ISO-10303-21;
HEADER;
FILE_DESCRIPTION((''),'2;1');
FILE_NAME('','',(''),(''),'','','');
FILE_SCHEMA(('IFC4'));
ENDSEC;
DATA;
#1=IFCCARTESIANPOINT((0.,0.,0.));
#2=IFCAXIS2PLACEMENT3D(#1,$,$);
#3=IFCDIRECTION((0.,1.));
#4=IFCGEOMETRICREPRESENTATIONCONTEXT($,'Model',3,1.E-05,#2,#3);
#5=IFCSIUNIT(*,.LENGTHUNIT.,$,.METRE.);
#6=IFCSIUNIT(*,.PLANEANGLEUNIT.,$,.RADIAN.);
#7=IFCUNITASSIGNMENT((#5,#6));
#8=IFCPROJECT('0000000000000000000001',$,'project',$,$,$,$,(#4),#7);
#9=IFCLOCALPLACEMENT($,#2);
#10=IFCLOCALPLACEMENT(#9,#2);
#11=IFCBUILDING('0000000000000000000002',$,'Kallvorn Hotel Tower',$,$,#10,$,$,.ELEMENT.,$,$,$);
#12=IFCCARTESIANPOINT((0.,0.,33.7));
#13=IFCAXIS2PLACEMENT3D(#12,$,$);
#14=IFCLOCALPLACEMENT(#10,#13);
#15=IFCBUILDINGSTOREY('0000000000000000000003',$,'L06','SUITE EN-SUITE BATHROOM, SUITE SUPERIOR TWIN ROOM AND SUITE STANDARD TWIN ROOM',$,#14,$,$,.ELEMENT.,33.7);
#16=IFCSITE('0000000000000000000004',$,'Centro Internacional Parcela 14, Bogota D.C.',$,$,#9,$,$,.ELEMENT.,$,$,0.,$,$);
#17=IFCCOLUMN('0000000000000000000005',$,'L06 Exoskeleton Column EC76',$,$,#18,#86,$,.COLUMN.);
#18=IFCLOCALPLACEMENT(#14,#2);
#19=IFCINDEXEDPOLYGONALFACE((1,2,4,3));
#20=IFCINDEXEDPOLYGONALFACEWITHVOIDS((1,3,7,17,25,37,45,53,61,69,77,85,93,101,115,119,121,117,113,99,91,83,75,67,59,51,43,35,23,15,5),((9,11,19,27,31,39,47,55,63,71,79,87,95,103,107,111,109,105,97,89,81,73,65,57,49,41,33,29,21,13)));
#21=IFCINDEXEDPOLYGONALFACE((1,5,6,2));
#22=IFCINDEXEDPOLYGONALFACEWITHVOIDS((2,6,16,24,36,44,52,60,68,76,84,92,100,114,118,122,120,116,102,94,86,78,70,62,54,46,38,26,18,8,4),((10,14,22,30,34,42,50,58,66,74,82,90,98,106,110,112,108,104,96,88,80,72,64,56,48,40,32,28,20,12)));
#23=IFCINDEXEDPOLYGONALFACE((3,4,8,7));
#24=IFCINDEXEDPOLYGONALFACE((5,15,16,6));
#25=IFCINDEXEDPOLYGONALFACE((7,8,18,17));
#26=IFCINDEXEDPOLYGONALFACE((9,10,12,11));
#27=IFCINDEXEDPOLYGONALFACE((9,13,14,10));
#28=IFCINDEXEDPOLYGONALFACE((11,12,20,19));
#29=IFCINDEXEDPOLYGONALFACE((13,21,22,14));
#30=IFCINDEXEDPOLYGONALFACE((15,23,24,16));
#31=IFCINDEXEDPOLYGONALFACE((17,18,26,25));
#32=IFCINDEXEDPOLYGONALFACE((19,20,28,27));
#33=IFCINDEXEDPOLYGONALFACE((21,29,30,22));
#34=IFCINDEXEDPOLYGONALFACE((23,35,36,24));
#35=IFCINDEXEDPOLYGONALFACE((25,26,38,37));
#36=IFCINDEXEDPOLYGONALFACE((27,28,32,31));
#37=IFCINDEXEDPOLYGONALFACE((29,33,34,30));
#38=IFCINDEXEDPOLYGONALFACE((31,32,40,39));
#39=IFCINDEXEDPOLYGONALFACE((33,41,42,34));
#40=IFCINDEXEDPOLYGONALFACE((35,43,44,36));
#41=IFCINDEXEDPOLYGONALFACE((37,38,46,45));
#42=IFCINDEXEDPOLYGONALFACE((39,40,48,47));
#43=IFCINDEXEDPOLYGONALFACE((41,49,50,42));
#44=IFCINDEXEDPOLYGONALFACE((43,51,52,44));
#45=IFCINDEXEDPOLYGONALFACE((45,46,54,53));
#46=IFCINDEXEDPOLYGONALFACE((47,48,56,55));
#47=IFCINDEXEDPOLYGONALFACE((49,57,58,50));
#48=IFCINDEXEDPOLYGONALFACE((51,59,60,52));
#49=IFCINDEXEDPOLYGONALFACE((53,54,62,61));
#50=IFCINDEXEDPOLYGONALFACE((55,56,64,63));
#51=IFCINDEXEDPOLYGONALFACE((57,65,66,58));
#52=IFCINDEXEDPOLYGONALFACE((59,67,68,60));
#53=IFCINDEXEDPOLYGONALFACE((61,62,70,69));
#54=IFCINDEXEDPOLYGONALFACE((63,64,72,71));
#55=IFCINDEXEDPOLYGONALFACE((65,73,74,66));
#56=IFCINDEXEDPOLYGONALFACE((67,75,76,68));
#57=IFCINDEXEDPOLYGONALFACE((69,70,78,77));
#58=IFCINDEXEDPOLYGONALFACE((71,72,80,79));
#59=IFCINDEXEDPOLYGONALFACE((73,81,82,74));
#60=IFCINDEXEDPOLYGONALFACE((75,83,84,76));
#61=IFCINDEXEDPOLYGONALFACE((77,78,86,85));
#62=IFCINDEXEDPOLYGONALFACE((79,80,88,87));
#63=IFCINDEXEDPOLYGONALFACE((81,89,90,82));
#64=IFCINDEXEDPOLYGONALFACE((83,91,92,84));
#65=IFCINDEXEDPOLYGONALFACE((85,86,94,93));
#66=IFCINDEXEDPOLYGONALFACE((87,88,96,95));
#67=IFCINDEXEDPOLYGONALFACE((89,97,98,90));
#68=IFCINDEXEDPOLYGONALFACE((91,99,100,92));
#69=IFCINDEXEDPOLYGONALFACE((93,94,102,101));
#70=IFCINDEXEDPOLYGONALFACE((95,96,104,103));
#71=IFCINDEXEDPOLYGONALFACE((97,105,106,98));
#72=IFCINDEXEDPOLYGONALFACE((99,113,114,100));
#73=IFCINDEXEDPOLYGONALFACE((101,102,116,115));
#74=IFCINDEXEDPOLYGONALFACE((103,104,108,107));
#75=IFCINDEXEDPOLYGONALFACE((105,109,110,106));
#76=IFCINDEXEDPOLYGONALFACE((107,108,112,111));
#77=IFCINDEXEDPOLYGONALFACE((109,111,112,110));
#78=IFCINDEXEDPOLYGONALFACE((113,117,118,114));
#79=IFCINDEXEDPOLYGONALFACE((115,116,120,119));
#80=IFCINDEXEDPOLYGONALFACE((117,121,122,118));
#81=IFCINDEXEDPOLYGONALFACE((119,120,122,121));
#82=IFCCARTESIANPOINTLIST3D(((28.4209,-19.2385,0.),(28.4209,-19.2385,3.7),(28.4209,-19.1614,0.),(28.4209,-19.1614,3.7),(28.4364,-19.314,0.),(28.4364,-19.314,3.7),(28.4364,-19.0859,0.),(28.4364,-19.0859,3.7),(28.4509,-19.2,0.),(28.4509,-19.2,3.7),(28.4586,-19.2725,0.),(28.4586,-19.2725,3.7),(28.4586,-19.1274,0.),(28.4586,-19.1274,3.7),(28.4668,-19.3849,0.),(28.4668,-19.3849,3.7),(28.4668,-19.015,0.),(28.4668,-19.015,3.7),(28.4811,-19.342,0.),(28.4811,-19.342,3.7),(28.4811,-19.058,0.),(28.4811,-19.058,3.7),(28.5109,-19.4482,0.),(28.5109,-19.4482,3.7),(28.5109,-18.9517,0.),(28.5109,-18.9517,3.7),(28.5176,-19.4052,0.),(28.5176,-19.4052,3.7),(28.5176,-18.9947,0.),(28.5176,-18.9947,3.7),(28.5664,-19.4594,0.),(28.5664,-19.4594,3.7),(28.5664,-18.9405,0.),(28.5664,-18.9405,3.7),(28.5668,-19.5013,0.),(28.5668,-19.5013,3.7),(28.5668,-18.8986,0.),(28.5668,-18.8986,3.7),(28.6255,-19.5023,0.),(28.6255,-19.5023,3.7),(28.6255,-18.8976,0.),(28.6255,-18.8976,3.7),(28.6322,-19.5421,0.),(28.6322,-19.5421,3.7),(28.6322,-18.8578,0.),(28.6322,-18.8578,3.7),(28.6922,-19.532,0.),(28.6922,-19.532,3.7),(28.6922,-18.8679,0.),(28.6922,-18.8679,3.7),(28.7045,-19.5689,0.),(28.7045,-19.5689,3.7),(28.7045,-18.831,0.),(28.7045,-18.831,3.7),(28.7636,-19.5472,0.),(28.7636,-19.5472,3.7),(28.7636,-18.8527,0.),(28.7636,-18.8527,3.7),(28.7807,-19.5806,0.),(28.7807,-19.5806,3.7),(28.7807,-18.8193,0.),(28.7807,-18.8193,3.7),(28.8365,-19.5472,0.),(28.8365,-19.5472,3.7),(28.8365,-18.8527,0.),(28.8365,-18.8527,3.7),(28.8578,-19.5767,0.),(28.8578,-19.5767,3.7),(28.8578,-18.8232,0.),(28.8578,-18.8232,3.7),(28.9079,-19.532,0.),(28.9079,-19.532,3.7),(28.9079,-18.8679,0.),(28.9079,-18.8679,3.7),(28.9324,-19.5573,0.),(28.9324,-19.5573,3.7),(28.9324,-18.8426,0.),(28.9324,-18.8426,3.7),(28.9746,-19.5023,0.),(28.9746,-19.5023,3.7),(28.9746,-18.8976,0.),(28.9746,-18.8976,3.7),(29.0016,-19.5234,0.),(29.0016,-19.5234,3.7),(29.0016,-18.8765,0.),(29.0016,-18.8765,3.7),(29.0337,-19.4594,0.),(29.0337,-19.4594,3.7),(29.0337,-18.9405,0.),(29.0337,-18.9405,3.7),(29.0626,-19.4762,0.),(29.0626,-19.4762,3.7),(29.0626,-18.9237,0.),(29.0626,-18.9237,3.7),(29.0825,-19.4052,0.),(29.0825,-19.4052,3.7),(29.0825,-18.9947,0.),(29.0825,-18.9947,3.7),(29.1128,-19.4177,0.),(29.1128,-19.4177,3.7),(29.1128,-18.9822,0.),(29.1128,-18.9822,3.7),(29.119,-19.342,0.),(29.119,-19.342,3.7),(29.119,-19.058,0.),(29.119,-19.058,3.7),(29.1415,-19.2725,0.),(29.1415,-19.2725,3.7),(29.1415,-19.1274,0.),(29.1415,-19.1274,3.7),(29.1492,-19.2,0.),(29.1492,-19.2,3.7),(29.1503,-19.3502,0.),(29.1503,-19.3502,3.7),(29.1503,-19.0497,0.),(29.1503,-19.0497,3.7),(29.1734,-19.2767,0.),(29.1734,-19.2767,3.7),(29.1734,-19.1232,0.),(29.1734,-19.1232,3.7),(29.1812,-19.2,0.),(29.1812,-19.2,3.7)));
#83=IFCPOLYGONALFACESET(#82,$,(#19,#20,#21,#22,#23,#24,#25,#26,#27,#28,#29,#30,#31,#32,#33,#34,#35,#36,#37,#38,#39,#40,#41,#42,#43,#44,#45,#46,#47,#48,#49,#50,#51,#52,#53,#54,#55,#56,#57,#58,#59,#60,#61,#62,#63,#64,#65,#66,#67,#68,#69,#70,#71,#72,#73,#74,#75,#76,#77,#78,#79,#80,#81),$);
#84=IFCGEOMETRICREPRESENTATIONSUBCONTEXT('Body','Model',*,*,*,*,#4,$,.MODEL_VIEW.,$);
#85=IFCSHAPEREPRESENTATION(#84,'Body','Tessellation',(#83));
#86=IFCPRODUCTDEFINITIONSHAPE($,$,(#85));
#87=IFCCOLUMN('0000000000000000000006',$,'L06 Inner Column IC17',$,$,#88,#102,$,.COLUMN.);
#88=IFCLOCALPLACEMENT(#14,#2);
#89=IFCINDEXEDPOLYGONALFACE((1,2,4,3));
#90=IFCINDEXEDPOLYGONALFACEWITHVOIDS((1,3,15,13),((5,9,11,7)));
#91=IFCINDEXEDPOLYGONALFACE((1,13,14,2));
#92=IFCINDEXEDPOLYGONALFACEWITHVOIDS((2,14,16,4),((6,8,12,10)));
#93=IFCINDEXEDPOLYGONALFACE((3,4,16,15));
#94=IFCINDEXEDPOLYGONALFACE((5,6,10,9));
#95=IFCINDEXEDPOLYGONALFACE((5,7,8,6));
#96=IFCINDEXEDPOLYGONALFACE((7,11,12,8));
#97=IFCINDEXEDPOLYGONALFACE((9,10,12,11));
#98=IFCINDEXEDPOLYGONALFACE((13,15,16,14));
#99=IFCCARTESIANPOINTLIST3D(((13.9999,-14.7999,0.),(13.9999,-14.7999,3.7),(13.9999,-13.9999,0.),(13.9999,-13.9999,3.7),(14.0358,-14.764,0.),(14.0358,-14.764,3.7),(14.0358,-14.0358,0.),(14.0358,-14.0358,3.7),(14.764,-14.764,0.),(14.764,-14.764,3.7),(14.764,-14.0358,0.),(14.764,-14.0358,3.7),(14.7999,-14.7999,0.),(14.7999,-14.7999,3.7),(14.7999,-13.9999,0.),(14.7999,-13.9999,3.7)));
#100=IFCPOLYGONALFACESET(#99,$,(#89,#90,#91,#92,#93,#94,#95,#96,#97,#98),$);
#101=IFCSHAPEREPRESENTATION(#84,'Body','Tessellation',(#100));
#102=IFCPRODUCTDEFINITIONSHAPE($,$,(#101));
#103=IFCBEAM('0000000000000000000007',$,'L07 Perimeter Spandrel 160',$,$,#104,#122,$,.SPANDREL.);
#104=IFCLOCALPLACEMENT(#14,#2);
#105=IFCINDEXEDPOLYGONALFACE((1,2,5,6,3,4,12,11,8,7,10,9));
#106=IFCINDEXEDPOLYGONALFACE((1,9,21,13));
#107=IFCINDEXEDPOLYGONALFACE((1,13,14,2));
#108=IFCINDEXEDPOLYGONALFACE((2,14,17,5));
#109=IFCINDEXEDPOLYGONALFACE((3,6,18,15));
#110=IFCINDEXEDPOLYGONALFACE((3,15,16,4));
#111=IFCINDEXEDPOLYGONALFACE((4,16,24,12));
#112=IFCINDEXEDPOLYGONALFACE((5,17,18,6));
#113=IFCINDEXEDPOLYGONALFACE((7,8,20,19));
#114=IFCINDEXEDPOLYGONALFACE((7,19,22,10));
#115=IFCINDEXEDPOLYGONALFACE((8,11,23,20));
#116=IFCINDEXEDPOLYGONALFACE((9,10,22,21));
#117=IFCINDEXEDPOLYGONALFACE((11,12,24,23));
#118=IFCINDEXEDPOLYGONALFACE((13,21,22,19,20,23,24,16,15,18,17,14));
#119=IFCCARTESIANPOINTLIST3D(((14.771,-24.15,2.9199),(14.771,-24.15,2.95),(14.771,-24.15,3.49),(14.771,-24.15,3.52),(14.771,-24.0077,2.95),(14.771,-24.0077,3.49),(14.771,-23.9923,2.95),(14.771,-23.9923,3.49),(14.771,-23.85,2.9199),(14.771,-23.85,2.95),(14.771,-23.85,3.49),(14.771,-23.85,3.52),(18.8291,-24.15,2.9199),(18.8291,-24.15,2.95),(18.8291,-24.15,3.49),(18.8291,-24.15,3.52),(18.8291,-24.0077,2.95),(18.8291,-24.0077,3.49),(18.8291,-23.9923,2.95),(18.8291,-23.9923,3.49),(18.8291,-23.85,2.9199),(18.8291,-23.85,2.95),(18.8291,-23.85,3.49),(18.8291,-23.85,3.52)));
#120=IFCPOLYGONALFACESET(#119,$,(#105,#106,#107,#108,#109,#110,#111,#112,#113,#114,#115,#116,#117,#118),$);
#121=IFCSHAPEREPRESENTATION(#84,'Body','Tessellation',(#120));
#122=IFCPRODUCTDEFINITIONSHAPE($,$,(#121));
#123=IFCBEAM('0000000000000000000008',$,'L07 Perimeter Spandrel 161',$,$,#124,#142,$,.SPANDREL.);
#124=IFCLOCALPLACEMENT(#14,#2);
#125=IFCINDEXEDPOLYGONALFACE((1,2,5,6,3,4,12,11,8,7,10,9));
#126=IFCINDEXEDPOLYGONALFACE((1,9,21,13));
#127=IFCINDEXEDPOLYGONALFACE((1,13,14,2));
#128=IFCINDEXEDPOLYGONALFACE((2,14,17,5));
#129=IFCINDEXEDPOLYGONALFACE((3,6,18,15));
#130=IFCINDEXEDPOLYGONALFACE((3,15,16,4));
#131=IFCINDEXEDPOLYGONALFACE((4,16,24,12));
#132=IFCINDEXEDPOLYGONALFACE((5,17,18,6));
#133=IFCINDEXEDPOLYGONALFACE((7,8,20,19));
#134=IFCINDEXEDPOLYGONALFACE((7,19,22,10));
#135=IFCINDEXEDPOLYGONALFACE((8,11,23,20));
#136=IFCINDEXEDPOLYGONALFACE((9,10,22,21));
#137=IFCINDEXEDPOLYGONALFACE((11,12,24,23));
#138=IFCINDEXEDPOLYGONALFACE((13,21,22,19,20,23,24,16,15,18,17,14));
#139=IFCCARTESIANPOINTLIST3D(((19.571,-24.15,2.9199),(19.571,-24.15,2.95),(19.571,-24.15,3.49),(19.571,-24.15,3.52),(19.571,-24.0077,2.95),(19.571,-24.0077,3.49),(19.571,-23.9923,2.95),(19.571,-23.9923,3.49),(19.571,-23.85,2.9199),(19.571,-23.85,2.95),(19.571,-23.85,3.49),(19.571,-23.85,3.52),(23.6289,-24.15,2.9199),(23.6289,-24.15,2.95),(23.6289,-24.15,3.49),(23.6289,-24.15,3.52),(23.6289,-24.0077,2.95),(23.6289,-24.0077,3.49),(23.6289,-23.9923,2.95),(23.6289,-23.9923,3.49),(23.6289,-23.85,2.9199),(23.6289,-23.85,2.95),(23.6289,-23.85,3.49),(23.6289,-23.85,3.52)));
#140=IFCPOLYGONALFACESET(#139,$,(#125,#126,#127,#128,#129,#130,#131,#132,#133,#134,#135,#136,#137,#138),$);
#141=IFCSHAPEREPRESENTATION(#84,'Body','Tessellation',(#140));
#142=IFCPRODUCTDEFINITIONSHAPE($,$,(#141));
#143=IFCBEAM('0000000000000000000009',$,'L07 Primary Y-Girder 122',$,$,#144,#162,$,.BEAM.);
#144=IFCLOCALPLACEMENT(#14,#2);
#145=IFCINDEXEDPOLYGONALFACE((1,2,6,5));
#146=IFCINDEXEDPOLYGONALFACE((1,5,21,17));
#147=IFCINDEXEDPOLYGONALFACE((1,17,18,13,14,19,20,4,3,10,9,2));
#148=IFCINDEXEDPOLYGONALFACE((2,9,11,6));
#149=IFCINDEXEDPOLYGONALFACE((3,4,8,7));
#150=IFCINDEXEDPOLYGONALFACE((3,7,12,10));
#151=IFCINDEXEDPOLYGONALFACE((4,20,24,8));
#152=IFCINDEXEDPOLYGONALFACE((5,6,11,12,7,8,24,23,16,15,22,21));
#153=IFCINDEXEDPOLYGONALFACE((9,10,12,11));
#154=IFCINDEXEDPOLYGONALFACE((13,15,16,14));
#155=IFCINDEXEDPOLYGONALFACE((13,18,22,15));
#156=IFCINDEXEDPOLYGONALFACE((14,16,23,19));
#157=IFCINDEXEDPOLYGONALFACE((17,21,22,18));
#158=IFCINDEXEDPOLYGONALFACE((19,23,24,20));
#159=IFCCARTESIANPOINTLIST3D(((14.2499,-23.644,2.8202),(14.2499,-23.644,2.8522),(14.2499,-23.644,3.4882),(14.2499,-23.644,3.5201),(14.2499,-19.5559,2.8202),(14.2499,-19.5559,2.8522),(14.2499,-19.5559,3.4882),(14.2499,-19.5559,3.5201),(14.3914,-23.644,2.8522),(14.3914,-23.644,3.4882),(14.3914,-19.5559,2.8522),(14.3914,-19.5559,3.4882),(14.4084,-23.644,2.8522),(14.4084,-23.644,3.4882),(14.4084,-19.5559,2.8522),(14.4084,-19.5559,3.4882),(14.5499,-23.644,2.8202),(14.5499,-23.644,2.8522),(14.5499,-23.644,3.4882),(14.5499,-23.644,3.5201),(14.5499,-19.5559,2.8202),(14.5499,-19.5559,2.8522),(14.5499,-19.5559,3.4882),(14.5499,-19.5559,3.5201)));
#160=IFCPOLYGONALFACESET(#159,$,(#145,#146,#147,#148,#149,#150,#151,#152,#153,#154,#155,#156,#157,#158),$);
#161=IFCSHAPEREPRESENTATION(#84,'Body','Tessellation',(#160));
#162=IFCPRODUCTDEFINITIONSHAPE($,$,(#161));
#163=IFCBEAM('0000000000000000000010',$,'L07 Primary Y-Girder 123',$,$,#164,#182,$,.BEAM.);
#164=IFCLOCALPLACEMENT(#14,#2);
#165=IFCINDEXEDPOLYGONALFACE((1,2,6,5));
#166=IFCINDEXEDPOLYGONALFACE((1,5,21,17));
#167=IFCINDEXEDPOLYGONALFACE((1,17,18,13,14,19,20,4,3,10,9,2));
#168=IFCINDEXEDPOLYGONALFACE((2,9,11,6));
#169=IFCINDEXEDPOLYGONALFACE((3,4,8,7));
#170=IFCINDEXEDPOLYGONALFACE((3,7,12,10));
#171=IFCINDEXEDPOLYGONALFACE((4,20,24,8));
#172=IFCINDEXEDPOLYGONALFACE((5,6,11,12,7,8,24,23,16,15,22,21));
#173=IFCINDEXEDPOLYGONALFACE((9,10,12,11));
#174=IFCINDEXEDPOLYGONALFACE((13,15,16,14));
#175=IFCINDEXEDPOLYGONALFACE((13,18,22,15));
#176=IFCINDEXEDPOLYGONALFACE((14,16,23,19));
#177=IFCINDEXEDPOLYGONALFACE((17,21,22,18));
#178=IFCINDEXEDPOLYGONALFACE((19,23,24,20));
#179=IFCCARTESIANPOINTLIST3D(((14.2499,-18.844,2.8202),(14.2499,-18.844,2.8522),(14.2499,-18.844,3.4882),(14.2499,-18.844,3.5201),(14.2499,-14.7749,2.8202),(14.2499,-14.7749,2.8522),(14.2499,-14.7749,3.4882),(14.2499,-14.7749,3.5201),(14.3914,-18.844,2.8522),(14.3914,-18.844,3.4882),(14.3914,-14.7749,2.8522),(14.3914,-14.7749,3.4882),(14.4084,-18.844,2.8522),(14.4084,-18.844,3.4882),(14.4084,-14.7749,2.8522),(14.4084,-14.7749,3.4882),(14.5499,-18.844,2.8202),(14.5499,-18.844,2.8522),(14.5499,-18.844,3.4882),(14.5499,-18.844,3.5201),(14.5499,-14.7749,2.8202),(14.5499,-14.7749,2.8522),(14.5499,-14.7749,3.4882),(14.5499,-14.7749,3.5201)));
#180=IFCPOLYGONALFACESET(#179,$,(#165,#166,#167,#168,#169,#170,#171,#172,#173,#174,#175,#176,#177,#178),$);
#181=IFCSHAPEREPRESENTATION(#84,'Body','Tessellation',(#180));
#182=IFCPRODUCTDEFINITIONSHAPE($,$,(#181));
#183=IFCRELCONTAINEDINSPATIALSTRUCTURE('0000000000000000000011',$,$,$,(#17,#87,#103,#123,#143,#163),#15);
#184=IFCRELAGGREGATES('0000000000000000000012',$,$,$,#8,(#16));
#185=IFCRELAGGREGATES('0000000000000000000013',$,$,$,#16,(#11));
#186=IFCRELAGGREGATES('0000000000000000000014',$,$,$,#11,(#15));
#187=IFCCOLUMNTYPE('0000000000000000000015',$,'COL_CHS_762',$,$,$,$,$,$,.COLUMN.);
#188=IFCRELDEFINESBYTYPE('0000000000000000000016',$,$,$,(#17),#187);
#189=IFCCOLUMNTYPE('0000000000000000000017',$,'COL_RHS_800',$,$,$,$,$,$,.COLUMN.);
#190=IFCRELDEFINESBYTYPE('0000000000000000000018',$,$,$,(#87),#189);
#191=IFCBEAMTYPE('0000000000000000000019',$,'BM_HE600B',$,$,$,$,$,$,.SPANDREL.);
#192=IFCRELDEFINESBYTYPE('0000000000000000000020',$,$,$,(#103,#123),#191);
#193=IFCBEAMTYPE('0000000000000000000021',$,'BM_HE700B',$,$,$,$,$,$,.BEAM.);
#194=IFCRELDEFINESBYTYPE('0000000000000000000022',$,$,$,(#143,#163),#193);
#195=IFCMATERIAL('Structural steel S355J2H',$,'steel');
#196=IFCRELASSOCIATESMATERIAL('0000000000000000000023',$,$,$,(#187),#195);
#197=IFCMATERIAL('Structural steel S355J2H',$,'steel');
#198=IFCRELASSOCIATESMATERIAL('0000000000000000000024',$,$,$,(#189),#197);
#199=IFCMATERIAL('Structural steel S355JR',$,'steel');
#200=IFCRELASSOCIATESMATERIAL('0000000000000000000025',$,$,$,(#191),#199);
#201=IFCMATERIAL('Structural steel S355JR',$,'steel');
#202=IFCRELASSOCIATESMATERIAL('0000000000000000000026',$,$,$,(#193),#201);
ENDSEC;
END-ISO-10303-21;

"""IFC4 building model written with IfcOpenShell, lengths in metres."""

from ifc_helpers import new_model, si_unit, direction, frame, origin, origin_2d, place, context, subcontext, project, spatial, hollow_rectangle, hollow_circle, i_section, extrude, material, material_profile, profile_set, type_object, element, save


model = new_model("IFC4")

# Units and contexts
model_context = context("Model", 3, precision=1e-05, world=origin(), true_north=direction((0.0, 1.0)))
body_context = subcontext(model_context, "Body", "Model", "MODEL_VIEW")
ifc_project = project(units=[si_unit("LENGTHUNIT", "METRE"), si_unit("PLANEANGLEUNIT", "RADIAN")], contexts=[model_context])

# Site, building, storey
site_placement = place(None, origin())
site = spatial("IfcSite", under=ifc_project, at=site_placement, Name="Centro Internacional Parcela 14, Bogota D.C.", CompositionType="ELEMENT", RefElevation=0.0)
building_placement = place(site_placement, origin())
building = spatial("IfcBuilding", under=site, at=building_placement, Name="Kallvorn Hotel Tower", CompositionType="ELEMENT")
storey_placement = place(building_placement, frame((0.0, 0.0, 33.7)))
storey = spatial("IfcBuildingStorey", under=building, at=storey_placement, Name="L06", Description="SUITE EN-SUITE BATHROOM, SUITE SUPERIOR TWIN ROOM AND SUITE STANDARD TWIN ROOM", CompositionType="ELEMENT", Elevation=33.7)

# Columns
ifc_material_1 = material(Name="Structural steel S355J2H", Category="steel")
ifc_material_profile_1 = material_profile(ifc_material_1, hollow_circle(Radius=0.3811, WallThickness=0.032, at=origin_2d()), Name="CHS 762x32")
ifc_profile_set_1 = profile_set([ifc_material_profile_1], Name="Structural steel S355J2H")
column_type_1 = type_object("IfcColumnType", Name="COL_CHS_762", PredefinedType="COLUMN", material=ifc_profile_set_1)
for number, where, z_axis, x_axis, name in (
    (1, (28.8, -19.2, 0.0), (0.0, 0.0, 1.0), (1.0, 0.0, 0.0), "L06 Exoskeleton Column EC76"),
):
    element("IfcColumn", number, at=place(storey_placement, frame(where, z_axis=z_axis, x_axis=x_axis)), inside=storey, type_object=column_type_1, Name=name, PredefinedType="COLUMN", context=body_context, shape_type="SweptSolid", body=[
        extrude(hollow_circle(Radius=0.3811, WallThickness=0.032, at=origin_2d()), origin(), (0.0, 0.0, 1.0), 3.7),
    ])
ifc_material_2 = material(Name="Structural steel S355J2H", Category="steel")
ifc_material_profile_2 = material_profile(ifc_material_2, hollow_rectangle(XDim=0.8, YDim=0.8, WallThickness=0.0359, at=origin_2d()), Name="RHS 800x800x36")
ifc_profile_set_2 = profile_set([ifc_material_profile_2], Name="Structural steel S355J2H")
column_type_2 = type_object("IfcColumnType", Name="COL_RHS_800", PredefinedType="COLUMN", material=ifc_profile_set_2)
column_placement = place(storey_placement, frame((14.3999, -14.3999, 0.0), z_axis=(0.0, 0.0, 1.0), x_axis=(1.0, 0.0, 0.0)))
element("IfcColumn", 2, at=column_placement, inside=storey, type_object=column_type_2, Name="L06 Inner Column IC17", PredefinedType="COLUMN", context=body_context, shape_type="SweptSolid", body=[
    extrude(hollow_rectangle(XDim=0.8, YDim=0.8, WallThickness=0.0359, at=origin_2d()), origin(), (0.0, 0.0, 1.0), 3.7),
])

# Beams
ifc_material_3 = material(Name="Structural steel S355JR", Category="steel")
ifc_material_profile_3 = material_profile(ifc_material_3, i_section(OverallWidth=0.3, OverallDepth=0.6001, WebThickness=0.0154, FlangeThickness=0.03, at=origin_2d()), Name="HE 600 B")
ifc_profile_set_3 = profile_set([ifc_material_profile_3], Name="Structural steel S355JR")
beam_type_1 = type_object("IfcBeamType", Name="BM_HE600B", PredefinedType="SPANDREL", material=ifc_profile_set_3)
beam_1_placement = place(storey_placement, frame((14.771, -24.0, 3.22), z_axis=(1.0, 0.0, 0.0), x_axis=(0.0, 1.0, 0.0)))
element("IfcBeam", 3, at=beam_1_placement, inside=storey, type_object=beam_type_1, Name="L07 Perimeter Spandrel 160", PredefinedType="SPANDREL", context=body_context, shape_type="SweptSolid", body=[
    extrude(i_section(OverallWidth=0.3, OverallDepth=0.6001, WebThickness=0.0154, FlangeThickness=0.03, at=origin_2d()), origin(), (0.0, 0.0, 1.0), 4.0581),
])
beam_2_placement = place(storey_placement, frame((19.571, -24.0, 3.22), z_axis=(1.0, 0.0, 0.0), x_axis=(0.0, 1.0, 0.0)))
element("IfcBeam", 4, at=beam_2_placement, inside=storey, type_object=beam_type_1, Name="L07 Perimeter Spandrel 161", PredefinedType="SPANDREL", context=body_context, shape_type="SweptSolid", body=[
    extrude(i_section(OverallWidth=0.3, OverallDepth=0.6001, WebThickness=0.0154, FlangeThickness=0.03, at=origin_2d()), origin(), (0.0, 0.0, 1.0), 4.0579),
])
ifc_material_4 = material(Name="Structural steel S355JR", Category="steel")
ifc_material_profile_4 = material_profile(ifc_material_4, i_section(OverallWidth=0.3, OverallDepth=0.7, WebThickness=0.0171, FlangeThickness=0.032, at=origin_2d()), Name="HE 700 B")
ifc_profile_set_4 = profile_set([ifc_material_profile_4], Name="Structural steel S355JR")
beam_type_2 = type_object("IfcBeamType", Name="BM_HE700B", PredefinedType="BEAM", material=ifc_profile_set_4)
beam_3_placement = place(storey_placement, frame((14.3999, -23.644, 3.1702), z_axis=(0.0, 1.0, 0.0), x_axis=(-1.0, 0.0, 0.0)))
element("IfcBeam", 5, at=beam_3_placement, inside=storey, type_object=beam_type_2, Name="L07 Primary Y-Girder 122", PredefinedType="BEAM", context=body_context, shape_type="SweptSolid", body=[
    extrude(i_section(OverallWidth=0.3, OverallDepth=0.7, WebThickness=0.0171, FlangeThickness=0.032, at=origin_2d()), origin(), (0.0, 0.0, 1.0), 4.0881),
])
beam_4_placement = place(storey_placement, frame((14.3999, -18.844, 3.1702), z_axis=(0.0, 1.0, 0.0), x_axis=(-1.0, 0.0, 0.0)))
element("IfcBeam", 6, at=beam_4_placement, inside=storey, type_object=beam_type_2, Name="L07 Primary Y-Girder 123", PredefinedType="BEAM", context=body_context, shape_type="SweptSolid", body=[
    extrude(i_section(OverallWidth=0.3, OverallDepth=0.7, WebThickness=0.0171, FlangeThickness=0.032, at=origin_2d()), origin(), (0.0, 0.0, 1.0), 4.0691),
])

save(model, "model.ifc")
